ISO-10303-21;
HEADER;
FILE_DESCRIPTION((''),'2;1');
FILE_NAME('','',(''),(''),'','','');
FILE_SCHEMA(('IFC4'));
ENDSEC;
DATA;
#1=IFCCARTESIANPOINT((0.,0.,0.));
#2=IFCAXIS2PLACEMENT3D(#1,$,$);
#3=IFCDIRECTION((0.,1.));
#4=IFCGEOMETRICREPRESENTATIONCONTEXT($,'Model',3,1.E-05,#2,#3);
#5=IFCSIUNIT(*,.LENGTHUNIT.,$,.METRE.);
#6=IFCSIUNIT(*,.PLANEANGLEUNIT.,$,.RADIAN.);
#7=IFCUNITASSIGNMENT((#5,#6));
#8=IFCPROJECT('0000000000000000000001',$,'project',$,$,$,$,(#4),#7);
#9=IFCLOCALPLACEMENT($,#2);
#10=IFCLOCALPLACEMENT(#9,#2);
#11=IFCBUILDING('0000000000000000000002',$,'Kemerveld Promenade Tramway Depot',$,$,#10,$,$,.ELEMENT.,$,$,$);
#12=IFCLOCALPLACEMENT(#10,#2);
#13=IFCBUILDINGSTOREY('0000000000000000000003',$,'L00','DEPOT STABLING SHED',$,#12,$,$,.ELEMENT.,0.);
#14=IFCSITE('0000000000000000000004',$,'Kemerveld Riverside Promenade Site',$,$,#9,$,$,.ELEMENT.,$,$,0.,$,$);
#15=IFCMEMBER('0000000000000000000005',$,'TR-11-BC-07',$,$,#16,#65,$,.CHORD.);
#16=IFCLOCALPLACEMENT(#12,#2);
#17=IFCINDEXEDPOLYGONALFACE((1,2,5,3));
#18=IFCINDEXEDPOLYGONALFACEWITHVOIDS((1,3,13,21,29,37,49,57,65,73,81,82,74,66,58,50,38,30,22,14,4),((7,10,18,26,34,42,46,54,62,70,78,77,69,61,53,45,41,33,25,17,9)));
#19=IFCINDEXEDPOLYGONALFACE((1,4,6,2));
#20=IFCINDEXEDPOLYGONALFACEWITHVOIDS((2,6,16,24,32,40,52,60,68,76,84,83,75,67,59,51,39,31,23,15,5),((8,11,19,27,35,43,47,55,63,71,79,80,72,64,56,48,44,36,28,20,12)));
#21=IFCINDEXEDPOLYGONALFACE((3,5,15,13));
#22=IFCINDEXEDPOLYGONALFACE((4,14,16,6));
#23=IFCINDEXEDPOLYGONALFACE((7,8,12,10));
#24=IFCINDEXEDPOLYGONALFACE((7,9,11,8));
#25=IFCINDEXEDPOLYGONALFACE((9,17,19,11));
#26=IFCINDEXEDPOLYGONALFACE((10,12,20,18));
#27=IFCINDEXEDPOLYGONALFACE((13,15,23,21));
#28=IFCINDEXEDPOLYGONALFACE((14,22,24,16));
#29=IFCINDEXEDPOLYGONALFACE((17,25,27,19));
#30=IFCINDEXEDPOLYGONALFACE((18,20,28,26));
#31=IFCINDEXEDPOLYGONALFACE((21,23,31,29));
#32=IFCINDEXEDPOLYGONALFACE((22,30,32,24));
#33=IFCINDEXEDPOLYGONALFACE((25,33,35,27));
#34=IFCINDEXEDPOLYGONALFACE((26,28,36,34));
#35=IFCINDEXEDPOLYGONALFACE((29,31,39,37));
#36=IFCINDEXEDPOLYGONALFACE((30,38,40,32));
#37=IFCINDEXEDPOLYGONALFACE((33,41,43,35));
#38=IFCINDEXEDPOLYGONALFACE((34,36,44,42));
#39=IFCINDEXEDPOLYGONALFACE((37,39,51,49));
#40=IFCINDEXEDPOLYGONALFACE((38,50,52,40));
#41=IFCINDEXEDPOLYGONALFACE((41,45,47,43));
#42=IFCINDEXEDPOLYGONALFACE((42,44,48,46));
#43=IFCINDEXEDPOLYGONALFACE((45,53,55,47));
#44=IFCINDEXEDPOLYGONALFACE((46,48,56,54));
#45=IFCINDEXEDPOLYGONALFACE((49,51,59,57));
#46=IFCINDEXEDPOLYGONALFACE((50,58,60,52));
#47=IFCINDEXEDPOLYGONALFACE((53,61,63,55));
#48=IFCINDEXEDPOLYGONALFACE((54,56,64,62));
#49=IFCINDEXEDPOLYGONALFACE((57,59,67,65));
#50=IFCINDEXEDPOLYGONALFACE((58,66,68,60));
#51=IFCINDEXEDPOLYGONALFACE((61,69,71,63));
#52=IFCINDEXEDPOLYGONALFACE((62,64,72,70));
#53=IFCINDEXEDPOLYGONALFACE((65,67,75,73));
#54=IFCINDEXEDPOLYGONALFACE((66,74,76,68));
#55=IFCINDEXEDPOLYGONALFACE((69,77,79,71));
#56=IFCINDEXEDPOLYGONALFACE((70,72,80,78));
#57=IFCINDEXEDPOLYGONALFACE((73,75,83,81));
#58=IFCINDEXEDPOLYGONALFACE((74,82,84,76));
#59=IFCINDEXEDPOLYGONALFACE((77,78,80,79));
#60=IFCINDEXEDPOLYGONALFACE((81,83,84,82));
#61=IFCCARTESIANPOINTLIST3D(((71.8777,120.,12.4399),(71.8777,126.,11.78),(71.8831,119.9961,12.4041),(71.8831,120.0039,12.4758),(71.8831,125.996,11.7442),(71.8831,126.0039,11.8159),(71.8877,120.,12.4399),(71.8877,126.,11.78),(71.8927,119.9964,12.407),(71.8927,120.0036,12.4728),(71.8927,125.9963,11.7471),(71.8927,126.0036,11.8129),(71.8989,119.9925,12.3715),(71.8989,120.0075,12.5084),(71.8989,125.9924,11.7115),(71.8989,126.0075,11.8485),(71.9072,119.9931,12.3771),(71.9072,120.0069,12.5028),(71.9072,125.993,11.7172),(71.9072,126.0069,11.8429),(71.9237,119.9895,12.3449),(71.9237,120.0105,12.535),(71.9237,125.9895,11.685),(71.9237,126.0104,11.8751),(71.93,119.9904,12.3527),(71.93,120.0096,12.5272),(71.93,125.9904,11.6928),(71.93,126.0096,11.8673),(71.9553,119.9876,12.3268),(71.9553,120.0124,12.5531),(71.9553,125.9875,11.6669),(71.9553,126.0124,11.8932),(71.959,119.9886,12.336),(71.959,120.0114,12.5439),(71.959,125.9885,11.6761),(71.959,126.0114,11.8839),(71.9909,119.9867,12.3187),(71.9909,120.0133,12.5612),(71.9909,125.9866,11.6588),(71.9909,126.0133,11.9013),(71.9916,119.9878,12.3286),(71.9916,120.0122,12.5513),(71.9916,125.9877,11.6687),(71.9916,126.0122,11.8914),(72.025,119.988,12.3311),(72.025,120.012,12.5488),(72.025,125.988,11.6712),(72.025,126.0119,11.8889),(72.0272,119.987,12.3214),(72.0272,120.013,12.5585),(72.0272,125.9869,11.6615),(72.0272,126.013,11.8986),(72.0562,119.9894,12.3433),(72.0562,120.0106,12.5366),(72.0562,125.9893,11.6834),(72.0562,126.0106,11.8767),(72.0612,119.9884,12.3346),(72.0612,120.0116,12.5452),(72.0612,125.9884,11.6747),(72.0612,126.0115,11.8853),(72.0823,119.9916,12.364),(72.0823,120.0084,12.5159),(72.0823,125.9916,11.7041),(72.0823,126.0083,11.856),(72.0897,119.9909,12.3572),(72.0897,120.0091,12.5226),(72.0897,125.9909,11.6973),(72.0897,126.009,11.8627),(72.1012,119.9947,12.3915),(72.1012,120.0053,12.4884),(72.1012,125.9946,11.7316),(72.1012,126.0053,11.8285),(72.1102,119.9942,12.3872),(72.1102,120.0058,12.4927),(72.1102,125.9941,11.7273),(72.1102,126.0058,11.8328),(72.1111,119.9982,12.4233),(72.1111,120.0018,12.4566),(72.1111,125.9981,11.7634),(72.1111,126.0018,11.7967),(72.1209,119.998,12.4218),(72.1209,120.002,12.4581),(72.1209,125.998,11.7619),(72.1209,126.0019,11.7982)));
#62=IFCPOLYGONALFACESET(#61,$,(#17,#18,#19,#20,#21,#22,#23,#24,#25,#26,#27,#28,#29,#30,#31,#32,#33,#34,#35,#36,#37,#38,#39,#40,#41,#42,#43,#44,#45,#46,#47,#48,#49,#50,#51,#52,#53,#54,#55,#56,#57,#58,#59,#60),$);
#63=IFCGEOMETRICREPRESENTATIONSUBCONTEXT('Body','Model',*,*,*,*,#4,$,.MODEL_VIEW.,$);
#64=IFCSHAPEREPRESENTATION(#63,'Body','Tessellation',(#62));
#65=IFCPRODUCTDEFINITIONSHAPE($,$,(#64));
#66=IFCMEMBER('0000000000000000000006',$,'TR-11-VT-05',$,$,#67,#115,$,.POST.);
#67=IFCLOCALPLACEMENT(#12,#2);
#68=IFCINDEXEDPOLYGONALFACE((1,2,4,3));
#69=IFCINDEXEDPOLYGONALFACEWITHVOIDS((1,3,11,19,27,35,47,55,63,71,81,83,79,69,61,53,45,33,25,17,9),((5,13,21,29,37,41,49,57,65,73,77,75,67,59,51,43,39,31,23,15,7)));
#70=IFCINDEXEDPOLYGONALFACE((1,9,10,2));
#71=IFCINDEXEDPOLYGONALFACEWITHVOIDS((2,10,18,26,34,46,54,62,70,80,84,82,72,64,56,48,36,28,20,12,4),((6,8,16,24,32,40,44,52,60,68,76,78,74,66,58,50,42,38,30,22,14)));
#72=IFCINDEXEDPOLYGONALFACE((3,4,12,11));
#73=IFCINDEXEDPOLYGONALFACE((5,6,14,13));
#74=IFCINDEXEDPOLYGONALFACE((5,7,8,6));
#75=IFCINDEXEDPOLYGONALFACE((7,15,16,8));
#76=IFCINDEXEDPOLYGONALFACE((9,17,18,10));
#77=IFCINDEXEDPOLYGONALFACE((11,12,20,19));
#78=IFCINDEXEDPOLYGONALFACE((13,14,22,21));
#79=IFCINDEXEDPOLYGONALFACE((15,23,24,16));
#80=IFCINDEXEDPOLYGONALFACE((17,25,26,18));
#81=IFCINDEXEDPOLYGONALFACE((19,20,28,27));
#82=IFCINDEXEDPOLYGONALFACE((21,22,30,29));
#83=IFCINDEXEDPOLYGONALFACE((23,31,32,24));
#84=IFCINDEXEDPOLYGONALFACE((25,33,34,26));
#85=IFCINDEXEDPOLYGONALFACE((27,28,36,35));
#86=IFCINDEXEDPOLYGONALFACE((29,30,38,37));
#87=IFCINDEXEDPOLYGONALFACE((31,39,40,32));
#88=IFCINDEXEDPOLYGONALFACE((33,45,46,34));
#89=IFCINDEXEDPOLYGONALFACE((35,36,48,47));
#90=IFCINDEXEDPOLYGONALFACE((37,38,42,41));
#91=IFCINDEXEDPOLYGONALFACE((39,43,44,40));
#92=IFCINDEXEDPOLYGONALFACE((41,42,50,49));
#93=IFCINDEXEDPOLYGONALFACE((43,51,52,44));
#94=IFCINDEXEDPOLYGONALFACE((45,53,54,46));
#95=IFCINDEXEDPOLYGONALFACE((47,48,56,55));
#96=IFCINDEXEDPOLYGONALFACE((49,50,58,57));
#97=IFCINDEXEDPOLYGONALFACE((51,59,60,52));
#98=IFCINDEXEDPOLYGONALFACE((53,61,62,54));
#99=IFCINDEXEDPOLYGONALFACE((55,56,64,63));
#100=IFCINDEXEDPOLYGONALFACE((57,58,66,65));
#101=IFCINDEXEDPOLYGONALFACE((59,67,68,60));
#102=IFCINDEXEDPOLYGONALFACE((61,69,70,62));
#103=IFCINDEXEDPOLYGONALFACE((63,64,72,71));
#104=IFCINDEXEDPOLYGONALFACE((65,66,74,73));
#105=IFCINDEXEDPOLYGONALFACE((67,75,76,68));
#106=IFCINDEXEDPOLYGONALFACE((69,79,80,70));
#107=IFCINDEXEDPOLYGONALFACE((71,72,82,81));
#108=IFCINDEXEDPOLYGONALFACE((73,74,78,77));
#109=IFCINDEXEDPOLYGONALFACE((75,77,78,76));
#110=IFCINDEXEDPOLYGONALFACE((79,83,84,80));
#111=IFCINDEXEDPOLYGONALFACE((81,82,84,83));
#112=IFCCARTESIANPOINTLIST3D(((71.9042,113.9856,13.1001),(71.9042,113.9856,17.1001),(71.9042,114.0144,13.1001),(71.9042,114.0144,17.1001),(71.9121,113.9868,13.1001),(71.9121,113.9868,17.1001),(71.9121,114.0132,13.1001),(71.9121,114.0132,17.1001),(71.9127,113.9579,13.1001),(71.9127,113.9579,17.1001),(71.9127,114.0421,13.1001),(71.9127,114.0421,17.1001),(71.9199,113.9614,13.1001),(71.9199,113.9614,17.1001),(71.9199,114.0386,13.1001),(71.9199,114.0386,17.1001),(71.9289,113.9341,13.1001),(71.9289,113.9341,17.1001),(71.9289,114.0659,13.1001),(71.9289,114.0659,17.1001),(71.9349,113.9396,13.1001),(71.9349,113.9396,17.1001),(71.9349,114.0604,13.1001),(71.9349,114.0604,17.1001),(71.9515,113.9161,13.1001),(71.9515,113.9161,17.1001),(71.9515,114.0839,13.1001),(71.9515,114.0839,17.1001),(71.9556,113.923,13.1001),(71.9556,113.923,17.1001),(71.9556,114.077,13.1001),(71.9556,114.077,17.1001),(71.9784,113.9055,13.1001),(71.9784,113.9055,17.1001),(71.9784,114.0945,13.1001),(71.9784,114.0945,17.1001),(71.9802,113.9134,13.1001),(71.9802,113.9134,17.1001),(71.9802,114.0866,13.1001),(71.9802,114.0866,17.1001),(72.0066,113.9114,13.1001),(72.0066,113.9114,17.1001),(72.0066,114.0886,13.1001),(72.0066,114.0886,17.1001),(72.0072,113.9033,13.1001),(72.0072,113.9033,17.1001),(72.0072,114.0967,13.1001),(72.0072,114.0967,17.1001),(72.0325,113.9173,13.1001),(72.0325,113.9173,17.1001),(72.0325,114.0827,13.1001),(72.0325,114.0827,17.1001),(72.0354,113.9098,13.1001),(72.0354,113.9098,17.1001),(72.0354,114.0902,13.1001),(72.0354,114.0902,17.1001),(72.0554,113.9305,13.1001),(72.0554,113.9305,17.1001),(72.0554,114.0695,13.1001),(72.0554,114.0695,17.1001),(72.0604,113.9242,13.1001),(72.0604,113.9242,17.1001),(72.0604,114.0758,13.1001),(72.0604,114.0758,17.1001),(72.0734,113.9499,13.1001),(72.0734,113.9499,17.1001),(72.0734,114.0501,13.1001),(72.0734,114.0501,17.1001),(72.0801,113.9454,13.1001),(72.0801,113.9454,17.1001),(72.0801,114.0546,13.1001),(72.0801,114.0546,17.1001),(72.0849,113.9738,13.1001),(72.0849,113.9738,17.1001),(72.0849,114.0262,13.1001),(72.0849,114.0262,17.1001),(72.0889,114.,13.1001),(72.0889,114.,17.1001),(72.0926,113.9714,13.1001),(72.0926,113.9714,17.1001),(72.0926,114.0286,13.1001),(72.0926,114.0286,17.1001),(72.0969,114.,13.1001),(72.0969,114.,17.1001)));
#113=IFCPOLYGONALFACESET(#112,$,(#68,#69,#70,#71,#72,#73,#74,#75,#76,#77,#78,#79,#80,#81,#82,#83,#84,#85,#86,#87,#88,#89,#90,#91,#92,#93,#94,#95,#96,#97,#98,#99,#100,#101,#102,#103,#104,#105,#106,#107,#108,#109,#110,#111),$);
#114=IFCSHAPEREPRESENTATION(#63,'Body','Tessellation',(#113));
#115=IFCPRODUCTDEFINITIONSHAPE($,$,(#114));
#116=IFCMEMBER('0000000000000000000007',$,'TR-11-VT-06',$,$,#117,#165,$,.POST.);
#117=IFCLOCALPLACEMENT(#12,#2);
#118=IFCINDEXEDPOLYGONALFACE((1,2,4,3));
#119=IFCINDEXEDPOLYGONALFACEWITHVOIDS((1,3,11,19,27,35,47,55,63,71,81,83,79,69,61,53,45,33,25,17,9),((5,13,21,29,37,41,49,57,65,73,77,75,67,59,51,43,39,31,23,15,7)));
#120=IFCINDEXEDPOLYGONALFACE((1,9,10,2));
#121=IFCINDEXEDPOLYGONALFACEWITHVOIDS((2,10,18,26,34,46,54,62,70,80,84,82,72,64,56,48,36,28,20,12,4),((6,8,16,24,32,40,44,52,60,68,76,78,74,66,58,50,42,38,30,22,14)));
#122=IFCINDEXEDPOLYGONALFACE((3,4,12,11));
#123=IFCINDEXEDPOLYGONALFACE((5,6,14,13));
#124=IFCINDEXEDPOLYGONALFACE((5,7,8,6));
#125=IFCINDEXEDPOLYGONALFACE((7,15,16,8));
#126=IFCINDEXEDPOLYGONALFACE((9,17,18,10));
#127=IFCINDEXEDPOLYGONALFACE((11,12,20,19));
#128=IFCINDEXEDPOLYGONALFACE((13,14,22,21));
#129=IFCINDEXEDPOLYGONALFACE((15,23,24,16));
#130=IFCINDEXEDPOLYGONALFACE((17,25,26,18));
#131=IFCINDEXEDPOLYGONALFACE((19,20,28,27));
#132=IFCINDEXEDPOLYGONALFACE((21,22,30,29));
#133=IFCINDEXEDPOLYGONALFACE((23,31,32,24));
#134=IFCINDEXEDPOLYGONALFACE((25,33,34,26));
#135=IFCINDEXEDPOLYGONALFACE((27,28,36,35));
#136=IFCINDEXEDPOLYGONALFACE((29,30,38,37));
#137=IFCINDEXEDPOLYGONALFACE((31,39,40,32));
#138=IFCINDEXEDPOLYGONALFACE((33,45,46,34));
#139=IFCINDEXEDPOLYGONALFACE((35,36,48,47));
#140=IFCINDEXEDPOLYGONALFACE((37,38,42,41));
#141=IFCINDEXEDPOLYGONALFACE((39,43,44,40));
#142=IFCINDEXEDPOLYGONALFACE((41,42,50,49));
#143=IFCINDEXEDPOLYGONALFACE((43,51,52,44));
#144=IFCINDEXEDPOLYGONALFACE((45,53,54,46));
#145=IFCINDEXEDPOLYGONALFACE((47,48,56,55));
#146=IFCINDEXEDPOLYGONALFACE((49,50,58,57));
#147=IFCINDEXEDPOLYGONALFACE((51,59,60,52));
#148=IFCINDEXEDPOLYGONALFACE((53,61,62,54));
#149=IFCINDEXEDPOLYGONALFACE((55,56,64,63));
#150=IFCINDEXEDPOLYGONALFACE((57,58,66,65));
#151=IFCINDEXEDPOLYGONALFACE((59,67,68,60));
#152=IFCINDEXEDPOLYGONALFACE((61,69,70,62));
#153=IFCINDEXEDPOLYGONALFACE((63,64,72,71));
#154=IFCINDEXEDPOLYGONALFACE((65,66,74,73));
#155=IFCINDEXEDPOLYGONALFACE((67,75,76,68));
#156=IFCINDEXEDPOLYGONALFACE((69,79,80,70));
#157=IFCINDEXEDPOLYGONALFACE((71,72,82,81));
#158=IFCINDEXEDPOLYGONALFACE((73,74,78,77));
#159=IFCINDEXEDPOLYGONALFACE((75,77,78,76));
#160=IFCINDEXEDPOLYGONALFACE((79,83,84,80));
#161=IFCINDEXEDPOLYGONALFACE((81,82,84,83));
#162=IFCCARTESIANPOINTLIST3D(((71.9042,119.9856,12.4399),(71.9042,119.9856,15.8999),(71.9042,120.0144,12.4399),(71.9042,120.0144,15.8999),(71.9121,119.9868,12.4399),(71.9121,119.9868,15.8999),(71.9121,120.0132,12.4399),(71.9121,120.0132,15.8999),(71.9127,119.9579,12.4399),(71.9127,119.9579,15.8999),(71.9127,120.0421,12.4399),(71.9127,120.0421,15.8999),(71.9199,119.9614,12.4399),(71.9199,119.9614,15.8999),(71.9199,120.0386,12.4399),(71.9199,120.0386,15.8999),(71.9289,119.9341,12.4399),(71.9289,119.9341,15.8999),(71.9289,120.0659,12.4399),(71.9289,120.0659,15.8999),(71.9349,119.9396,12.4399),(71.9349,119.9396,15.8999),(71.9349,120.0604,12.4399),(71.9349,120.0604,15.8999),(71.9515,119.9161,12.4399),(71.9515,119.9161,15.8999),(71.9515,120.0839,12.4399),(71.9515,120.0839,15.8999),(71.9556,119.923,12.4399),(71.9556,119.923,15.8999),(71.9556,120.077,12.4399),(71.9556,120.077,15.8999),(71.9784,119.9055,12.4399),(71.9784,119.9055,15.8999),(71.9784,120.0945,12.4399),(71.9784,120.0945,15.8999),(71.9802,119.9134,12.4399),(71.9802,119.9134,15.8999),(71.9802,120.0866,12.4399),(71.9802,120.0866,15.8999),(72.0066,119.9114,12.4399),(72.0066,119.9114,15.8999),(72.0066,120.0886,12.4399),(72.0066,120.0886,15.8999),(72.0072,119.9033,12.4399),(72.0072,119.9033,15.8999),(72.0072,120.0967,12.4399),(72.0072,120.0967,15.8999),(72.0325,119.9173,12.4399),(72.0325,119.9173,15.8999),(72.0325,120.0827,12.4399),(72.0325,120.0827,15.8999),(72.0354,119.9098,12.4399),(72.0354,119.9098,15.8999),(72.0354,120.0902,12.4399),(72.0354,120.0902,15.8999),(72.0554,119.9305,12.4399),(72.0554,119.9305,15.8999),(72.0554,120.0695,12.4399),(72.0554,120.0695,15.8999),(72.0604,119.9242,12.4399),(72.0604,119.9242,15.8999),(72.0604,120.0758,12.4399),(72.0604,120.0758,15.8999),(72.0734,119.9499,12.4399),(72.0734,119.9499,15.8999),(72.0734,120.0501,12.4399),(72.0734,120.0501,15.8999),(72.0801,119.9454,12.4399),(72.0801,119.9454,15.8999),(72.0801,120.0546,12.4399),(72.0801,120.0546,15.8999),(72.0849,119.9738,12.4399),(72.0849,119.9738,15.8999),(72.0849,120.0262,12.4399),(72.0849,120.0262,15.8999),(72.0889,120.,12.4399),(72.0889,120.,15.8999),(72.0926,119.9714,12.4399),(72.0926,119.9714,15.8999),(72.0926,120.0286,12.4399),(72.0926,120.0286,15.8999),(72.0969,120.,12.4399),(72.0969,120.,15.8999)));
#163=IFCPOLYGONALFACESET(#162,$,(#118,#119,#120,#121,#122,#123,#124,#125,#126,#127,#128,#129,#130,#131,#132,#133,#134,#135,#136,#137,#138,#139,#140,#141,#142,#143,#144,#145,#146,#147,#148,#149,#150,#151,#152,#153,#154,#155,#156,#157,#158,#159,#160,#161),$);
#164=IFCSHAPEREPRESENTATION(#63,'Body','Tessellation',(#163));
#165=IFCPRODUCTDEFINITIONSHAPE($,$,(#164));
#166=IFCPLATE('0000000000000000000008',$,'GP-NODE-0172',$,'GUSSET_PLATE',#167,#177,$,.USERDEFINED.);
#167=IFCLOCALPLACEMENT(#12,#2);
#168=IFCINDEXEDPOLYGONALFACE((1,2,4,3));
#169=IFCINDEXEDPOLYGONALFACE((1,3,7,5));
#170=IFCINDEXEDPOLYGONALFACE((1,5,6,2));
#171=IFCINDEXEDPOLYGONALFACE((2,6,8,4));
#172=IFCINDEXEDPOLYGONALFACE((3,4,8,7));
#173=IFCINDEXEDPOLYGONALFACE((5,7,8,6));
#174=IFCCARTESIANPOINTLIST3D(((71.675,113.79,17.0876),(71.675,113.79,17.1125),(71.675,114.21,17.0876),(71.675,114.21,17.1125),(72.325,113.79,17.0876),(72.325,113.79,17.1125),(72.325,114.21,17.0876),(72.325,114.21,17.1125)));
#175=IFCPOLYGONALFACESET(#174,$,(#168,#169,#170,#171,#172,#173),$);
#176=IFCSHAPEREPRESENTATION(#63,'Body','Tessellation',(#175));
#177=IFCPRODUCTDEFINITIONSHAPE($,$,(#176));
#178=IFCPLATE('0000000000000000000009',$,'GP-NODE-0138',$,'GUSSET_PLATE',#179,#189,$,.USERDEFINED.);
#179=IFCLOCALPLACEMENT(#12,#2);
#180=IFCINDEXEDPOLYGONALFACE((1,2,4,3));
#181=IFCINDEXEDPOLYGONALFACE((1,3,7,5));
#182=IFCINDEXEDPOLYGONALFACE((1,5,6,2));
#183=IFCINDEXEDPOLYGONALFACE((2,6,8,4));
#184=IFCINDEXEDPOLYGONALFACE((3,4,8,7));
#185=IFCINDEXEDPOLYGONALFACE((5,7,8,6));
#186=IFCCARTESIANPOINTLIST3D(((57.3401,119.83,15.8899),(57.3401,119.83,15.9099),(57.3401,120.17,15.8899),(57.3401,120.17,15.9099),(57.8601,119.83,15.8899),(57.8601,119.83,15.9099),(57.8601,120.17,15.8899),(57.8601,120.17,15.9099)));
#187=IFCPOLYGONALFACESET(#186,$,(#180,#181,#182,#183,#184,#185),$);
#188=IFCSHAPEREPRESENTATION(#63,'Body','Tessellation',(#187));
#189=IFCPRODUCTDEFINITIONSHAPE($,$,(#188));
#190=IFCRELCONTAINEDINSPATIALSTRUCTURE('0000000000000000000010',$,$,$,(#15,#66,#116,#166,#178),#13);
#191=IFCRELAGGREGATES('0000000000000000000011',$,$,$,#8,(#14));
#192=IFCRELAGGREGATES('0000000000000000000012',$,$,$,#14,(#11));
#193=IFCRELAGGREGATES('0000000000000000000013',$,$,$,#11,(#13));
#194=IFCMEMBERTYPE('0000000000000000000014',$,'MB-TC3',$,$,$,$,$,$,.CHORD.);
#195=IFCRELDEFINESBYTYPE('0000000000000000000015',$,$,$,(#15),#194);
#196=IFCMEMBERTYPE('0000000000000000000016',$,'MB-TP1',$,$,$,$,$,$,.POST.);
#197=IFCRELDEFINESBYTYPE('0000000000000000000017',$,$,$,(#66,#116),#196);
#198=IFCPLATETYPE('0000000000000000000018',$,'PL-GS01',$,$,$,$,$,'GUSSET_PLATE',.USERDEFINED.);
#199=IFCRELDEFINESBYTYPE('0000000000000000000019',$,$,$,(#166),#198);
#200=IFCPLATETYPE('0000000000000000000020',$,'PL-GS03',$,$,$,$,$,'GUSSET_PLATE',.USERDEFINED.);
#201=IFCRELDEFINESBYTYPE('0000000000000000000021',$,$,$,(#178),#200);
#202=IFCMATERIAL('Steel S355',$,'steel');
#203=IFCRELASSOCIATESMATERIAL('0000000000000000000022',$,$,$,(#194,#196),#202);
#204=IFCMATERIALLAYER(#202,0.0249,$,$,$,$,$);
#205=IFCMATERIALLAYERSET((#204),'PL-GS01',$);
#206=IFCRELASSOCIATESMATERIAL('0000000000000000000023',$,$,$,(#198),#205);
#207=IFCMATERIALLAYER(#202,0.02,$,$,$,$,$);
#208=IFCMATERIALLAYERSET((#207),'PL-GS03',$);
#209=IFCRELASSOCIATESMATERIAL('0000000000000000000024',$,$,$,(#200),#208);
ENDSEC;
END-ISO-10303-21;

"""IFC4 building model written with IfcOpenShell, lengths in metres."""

from ifc_helpers import new_model, si_unit, direction, frame, origin, origin_2d, place, context, subcontext, project, spatial, rectangle, hollow_circle, extrude, material, layer, layer_set, material_profile, profile_set, type_object, element, save


model = new_model("IFC4")

# Units and contexts
model_context = context("Model", 3, precision=1e-05, world=origin(), true_north=direction((0.0, 1.0)))
body_context = subcontext(model_context, "Body", "Model", "MODEL_VIEW")
ifc_project = project(units=[si_unit("LENGTHUNIT", "METRE"), si_unit("PLANEANGLEUNIT", "RADIAN")], contexts=[model_context])

# Site, building, storey
site_placement = place(None, origin())
site = spatial("IfcSite", under=ifc_project, at=site_placement, Name="Kemerveld Riverside Promenade Site", CompositionType="ELEMENT", RefElevation=0.0)
building_placement = place(site_placement, origin())
building = spatial("IfcBuilding", under=site, at=building_placement, Name="Kemerveld Promenade Tramway Depot", CompositionType="ELEMENT")
storey_placement = place(building_placement, origin())
storey = spatial("IfcBuildingStorey", under=building, at=storey_placement, Name="L00", Description="DEPOT STABLING SHED", CompositionType="ELEMENT", Elevation=0.0)

# Members
ifc_material_1 = material(Name="Steel S355", Category="steel")
ifc_material_profile_1 = material_profile(ifc_material_1, hollow_circle(Radius=0.1223, WallThickness=0.01, at=origin_2d()), Name="244.5x10.0 CHS")
ifc_profile_set_1 = profile_set([ifc_material_profile_1], Name="Steel S355")
member_type_1 = type_object("IfcMemberType", Name="MB-TC3", PredefinedType="CHORD", material=ifc_profile_set_1)
for number, where, z_axis, x_axis, name in (
    (1, (72.0, 120.0, 12.4399), (0.0, 0.994006, -0.109326), (-1.0, 0.0, 0.0), "TR-11-BC-07"),
):
    element("IfcMember", number, at=place(storey_placement, frame(where, z_axis=z_axis, x_axis=x_axis)), inside=storey, type_object=member_type_1, Name=name, PredefinedType="CHORD", context=body_context, shape_type="SweptSolid", body=[
        extrude(hollow_circle(Radius=0.1223, WallThickness=0.01, at=origin_2d()), origin(), (0.0, 0.0, 1.0), 6.0361),
    ])
ifc_material_profile_2 = material_profile(ifc_material_1, hollow_circle(Radius=0.0969, WallThickness=0.0081, at=origin_2d()), Name="193.7x8.0 CHS")
ifc_profile_set_2 = profile_set([ifc_material_profile_2], Name="Steel S355")
member_type_2 = type_object("IfcMemberType", Name="MB-TP1", PredefinedType="POST", material=ifc_profile_set_2)
member_1_placement = place(storey_placement, frame((72.0, 114.0, 13.1001), z_axis=(0.0, 0.0, 1.0), x_axis=(1.0, 0.0, 0.0)))
element("IfcMember", 2, at=member_1_placement, inside=storey, type_object=member_type_2, Name="TR-11-VT-05", PredefinedType="POST", context=body_context, shape_type="SweptSolid", body=[
    extrude(hollow_circle(Radius=0.0969, WallThickness=0.0081, at=origin_2d()), origin(), (0.0, 0.0, 1.0), 4.0),
])
member_2_placement = place(storey_placement, frame((72.0, 120.0, 12.4399), z_axis=(0.0, 0.0, 1.0), x_axis=(1.0, 0.0, 0.0)))
element("IfcMember", 3, at=member_2_placement, inside=storey, type_object=member_type_2, Name="TR-11-VT-06", PredefinedType="POST", context=body_context, shape_type="SweptSolid", body=[
    extrude(hollow_circle(Radius=0.0969, WallThickness=0.0081, at=origin_2d()), origin(), (0.0, 0.0, 1.0), 3.46),
])

# Plates
ifc_layer_1 = layer(ifc_material_1, 0.0249)
ifc_layer_set_1 = layer_set([ifc_layer_1], Name="PL-GS01")
plate_type_1 = type_object("IfcPlateType", Name="PL-GS01", ElementType="GUSSET_PLATE", PredefinedType="USERDEFINED", material=ifc_layer_set_1)
plate_1_placement = place(storey_placement, frame((72.0, 114.0, 17.0876), z_axis=(0.0, 0.0, 1.0), x_axis=(1.0, 0.0, 0.0)))
element("IfcPlate", 4, at=plate_1_placement, inside=storey, type_object=plate_type_1, Name="GP-NODE-0172", ObjectType="GUSSET_PLATE", PredefinedType="USERDEFINED", context=body_context, shape_type="SweptSolid", body=[
    extrude(rectangle(XDim=0.6499, YDim=0.4199, at=origin_2d()), origin(), (0.0, 0.0, 1.0), 0.0249),
])
ifc_layer_2 = layer(ifc_material_1, 0.02)
ifc_layer_set_2 = layer_set([ifc_layer_2], Name="PL-GS03")
plate_type_2 = type_object("IfcPlateType", Name="PL-GS03", ElementType="GUSSET_PLATE", PredefinedType="USERDEFINED", material=ifc_layer_set_2)
plate_2_placement = place(storey_placement, frame((57.6001, 120.0, 15.8899), z_axis=(0.0, 0.0, 1.0), x_axis=(1.0, 0.0, 0.0)))
element("IfcPlate", 5, at=plate_2_placement, inside=storey, type_object=plate_type_2, Name="GP-NODE-0138", ObjectType="GUSSET_PLATE", PredefinedType="USERDEFINED", context=body_context, shape_type="SweptSolid", body=[
    extrude(rectangle(XDim=0.52, YDim=0.3401, at=origin_2d()), origin(), (0.0, 0.0, 1.0), 0.02),
])

save(model, "model.ifc")
